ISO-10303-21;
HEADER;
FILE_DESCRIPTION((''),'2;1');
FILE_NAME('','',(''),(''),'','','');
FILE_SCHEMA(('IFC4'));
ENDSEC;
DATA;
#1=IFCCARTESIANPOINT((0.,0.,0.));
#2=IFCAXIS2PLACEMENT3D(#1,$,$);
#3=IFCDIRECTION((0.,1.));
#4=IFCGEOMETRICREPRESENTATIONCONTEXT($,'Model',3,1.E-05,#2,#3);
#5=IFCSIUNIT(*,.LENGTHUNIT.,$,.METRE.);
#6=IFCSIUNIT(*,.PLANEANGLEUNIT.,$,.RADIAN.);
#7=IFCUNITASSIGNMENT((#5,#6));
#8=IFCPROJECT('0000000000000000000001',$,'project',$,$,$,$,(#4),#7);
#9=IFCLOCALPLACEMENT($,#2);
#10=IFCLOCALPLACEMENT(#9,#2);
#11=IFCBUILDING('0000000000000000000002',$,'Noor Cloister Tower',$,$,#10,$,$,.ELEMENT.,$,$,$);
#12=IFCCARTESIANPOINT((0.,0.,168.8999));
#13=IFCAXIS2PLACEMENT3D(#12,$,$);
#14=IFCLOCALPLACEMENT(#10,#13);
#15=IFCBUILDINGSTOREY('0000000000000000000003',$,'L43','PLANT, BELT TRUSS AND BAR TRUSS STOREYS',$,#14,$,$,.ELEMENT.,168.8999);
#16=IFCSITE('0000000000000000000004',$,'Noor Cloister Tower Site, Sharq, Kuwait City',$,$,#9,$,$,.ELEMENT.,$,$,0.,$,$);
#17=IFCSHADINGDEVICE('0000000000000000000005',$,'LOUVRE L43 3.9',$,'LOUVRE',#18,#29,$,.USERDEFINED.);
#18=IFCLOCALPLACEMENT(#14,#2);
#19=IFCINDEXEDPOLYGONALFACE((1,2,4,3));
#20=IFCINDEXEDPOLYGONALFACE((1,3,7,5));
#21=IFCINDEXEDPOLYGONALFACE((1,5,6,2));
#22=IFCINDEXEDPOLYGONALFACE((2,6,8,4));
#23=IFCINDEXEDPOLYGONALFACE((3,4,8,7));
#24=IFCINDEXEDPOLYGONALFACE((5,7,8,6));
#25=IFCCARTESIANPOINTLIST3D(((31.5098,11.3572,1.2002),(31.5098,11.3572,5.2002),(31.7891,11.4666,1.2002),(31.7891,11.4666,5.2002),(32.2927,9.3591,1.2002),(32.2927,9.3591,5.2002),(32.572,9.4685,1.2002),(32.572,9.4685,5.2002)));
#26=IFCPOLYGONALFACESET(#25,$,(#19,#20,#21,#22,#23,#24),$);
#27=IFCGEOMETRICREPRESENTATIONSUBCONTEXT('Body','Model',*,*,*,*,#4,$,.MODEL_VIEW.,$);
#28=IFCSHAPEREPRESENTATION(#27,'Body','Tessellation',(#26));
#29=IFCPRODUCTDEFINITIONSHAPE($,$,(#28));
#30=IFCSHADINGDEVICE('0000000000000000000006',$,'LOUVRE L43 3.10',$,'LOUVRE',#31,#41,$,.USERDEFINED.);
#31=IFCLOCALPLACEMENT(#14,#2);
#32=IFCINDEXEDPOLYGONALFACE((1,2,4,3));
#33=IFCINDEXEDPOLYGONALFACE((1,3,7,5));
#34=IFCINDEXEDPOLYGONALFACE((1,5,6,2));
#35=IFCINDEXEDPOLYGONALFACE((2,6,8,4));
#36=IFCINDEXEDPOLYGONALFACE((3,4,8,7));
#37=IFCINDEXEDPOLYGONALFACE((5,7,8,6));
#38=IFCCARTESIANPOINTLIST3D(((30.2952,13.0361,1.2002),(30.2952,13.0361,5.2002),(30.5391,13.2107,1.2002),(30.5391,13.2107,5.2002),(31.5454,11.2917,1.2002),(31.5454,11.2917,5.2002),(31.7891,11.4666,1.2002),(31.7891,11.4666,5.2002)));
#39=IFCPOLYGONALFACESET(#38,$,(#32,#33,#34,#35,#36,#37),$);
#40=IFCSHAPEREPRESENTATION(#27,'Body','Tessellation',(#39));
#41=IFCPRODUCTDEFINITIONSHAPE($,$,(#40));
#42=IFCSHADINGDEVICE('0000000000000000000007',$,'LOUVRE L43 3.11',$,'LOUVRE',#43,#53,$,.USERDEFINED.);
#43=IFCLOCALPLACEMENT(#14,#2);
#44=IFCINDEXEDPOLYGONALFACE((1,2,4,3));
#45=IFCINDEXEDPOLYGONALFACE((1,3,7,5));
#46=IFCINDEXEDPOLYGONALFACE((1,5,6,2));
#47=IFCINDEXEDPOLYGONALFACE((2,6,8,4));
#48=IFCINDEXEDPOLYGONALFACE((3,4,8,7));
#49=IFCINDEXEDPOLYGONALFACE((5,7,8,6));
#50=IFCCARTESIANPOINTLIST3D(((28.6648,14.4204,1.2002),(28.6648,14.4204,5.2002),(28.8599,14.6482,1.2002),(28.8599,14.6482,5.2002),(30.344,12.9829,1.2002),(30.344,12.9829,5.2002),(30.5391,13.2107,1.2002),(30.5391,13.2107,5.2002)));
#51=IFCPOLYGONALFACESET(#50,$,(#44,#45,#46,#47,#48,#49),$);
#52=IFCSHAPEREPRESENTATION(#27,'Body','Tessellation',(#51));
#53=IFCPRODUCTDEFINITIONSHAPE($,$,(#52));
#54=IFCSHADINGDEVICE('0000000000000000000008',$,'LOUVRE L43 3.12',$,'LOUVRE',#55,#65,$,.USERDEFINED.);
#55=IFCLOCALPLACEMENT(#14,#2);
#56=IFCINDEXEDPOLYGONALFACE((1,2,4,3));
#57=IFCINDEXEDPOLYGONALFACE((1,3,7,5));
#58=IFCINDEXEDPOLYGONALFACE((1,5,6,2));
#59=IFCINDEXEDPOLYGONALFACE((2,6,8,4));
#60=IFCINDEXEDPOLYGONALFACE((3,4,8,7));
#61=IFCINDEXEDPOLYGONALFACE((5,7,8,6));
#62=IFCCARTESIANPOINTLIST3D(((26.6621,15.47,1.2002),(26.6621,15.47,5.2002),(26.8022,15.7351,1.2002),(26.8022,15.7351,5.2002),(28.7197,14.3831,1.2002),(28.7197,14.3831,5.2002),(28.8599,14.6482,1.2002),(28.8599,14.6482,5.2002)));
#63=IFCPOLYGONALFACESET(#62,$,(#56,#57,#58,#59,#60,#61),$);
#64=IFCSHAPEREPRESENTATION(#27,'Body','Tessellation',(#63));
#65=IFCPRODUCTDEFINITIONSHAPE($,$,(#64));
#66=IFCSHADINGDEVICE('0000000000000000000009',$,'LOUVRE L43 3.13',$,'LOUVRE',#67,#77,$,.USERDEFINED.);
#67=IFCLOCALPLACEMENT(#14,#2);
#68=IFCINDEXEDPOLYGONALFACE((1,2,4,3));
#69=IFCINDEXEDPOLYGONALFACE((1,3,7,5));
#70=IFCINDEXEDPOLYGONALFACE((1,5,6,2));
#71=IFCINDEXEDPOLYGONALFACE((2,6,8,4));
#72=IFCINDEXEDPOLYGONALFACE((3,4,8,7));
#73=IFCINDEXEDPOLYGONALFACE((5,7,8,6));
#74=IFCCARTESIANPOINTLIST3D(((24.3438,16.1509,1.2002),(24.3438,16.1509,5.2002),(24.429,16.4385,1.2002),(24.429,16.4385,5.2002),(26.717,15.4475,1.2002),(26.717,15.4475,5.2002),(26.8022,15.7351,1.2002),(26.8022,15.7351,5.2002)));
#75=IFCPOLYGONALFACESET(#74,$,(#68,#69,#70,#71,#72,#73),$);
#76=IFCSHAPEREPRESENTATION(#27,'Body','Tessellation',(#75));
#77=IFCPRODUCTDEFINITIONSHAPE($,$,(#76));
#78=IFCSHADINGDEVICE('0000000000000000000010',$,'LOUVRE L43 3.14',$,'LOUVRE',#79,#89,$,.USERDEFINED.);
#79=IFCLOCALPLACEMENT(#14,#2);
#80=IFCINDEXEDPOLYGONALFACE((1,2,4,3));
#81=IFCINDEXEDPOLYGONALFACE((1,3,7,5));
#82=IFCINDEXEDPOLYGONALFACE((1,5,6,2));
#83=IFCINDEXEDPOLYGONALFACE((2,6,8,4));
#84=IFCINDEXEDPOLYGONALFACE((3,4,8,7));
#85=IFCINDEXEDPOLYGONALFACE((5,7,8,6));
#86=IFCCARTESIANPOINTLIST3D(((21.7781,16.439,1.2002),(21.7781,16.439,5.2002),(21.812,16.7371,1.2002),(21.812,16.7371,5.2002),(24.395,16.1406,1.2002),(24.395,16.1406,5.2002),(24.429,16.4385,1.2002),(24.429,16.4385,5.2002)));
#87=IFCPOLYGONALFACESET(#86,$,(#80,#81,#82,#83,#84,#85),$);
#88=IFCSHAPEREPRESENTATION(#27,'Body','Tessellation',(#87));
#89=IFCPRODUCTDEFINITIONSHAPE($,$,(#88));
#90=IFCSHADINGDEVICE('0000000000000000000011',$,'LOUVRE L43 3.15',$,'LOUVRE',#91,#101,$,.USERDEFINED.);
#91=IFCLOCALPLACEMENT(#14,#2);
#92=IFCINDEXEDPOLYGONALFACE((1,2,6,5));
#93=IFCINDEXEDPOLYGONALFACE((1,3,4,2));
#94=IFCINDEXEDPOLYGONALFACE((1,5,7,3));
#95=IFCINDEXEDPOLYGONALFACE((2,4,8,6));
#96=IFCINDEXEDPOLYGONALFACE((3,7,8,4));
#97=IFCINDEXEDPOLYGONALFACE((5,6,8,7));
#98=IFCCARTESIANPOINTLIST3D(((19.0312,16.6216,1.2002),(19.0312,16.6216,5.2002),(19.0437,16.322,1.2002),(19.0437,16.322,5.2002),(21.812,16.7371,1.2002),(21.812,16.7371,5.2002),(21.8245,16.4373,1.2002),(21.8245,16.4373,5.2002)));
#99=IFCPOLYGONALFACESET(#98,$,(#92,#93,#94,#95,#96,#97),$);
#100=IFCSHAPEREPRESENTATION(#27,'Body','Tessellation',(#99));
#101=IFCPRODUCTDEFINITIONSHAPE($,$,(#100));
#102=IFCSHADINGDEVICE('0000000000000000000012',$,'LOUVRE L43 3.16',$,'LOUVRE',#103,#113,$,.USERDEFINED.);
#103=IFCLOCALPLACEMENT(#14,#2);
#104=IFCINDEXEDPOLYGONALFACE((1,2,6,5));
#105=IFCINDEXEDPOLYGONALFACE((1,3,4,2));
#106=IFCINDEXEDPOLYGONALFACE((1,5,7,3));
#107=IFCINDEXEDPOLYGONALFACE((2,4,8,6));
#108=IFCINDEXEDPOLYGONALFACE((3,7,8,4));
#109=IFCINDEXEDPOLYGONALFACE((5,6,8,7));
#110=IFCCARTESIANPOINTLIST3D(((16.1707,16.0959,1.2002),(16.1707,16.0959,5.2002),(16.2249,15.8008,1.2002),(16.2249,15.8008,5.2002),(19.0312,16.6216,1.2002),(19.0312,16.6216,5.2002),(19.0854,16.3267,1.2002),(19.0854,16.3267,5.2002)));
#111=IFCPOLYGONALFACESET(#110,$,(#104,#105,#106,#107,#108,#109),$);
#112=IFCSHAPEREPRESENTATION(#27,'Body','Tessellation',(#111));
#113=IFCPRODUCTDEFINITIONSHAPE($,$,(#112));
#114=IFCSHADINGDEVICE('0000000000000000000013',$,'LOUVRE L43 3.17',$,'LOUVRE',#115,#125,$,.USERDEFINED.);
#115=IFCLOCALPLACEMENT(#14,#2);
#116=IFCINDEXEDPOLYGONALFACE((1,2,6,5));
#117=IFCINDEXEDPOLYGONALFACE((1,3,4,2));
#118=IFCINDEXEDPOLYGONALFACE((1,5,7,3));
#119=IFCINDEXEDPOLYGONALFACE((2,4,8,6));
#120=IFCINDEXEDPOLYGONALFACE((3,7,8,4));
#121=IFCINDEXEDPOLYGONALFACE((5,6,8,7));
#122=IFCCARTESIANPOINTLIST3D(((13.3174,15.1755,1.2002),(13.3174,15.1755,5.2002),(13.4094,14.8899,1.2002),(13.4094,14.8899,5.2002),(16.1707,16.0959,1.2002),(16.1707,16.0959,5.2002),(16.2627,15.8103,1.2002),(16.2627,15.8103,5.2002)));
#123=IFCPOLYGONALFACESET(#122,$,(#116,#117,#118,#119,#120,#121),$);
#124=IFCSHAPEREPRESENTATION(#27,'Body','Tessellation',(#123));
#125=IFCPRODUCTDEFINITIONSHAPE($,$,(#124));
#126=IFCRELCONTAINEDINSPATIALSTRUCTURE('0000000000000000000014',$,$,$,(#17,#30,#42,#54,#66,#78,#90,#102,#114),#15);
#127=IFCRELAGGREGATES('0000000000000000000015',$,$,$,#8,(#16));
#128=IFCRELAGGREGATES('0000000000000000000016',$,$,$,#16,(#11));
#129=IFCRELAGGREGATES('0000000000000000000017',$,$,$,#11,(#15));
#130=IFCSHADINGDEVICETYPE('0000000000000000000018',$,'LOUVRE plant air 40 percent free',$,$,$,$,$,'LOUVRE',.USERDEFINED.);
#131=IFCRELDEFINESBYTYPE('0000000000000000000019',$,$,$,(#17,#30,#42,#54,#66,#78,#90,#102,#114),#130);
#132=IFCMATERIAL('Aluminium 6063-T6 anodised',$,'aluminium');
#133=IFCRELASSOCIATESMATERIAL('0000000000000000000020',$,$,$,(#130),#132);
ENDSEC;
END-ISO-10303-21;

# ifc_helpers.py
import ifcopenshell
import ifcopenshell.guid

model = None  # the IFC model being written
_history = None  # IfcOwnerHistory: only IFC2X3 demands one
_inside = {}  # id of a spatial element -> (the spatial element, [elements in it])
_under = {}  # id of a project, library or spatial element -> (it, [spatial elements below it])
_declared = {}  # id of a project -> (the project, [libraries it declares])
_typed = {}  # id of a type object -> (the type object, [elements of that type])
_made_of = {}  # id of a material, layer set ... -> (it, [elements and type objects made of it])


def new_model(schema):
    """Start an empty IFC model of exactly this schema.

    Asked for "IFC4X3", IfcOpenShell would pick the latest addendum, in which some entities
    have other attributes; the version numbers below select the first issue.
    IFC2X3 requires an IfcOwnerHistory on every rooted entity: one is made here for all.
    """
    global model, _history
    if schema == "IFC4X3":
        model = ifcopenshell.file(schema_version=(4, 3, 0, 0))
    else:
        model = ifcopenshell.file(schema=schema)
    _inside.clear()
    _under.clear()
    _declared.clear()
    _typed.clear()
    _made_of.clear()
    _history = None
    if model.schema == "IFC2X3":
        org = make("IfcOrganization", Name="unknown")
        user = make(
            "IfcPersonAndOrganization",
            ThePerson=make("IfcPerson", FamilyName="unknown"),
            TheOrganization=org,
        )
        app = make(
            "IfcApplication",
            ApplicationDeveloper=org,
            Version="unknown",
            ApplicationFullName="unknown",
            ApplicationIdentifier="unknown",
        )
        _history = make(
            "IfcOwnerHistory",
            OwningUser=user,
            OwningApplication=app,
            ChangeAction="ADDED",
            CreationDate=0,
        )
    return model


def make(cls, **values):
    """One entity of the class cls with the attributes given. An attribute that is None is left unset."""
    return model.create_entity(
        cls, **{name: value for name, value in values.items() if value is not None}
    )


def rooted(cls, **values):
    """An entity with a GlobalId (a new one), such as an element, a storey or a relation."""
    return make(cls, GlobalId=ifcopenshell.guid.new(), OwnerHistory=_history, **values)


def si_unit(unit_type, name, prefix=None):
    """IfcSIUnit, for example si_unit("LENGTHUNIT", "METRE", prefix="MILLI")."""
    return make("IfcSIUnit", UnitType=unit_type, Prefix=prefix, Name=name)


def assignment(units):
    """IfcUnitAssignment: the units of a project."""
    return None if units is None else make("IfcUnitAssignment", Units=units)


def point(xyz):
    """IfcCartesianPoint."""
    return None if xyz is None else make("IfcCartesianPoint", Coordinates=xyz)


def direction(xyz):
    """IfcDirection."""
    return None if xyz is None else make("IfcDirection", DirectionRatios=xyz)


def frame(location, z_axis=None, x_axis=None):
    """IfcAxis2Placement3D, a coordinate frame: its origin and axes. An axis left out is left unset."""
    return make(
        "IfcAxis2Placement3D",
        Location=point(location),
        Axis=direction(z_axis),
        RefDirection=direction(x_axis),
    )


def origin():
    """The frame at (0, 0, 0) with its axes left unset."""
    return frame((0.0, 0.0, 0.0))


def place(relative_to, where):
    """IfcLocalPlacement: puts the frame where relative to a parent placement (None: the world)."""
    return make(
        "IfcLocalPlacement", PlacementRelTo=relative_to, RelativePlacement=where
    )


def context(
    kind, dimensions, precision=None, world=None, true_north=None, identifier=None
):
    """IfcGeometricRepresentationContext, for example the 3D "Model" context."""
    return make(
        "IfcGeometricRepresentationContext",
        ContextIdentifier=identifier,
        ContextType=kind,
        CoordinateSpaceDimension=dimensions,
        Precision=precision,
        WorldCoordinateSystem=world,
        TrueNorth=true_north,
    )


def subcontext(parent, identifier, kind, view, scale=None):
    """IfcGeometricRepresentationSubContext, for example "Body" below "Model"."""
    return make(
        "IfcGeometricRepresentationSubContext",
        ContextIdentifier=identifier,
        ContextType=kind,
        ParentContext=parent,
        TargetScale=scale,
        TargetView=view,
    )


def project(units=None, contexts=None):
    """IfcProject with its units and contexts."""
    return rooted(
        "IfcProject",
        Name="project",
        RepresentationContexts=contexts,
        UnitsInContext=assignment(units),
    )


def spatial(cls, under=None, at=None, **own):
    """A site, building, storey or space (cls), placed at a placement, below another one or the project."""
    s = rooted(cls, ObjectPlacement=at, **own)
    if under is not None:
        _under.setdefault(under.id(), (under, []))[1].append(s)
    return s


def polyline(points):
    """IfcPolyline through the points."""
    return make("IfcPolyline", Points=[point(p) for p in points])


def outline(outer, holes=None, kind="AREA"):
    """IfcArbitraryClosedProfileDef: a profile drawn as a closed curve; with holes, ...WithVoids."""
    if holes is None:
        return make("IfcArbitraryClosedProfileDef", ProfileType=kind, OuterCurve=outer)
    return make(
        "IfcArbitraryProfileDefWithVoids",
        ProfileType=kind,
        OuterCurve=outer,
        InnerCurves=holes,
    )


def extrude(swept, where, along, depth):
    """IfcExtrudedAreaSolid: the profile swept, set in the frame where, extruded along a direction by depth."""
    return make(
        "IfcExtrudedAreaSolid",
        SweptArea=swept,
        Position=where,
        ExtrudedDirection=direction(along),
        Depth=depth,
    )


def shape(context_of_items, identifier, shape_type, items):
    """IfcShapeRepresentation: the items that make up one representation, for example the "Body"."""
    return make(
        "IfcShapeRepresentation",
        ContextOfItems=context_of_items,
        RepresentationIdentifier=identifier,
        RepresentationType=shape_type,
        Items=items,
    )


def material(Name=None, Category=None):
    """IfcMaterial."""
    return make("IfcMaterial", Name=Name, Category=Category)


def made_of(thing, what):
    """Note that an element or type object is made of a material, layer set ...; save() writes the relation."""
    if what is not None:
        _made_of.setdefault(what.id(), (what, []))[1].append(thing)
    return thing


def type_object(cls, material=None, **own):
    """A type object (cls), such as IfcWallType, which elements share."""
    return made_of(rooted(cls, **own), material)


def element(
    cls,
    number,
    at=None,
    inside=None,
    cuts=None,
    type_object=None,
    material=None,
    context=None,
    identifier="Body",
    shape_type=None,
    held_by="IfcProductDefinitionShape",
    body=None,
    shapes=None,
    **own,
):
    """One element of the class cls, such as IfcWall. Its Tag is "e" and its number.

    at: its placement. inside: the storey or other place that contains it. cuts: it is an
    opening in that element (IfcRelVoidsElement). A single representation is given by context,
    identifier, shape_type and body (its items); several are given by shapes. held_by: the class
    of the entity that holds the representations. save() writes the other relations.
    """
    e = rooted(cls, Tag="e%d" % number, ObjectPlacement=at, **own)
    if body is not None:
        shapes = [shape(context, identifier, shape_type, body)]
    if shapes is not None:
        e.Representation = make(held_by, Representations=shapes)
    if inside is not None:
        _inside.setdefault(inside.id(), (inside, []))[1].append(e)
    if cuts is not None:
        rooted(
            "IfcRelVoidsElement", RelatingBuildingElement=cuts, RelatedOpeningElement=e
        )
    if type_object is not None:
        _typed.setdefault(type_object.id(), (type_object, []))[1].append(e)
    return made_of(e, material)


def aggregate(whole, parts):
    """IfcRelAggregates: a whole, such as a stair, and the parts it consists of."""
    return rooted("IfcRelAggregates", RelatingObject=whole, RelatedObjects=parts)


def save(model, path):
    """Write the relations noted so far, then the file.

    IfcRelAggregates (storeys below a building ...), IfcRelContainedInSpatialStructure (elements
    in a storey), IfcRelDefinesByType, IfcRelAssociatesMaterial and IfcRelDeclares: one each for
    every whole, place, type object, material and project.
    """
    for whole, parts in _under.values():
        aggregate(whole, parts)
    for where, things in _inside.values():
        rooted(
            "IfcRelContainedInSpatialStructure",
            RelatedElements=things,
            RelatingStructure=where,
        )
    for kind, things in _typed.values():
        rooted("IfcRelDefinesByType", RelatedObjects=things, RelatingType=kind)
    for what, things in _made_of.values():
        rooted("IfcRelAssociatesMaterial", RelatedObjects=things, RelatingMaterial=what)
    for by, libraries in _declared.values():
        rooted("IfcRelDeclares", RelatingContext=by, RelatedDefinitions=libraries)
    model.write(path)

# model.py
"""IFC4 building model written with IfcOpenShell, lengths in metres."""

from ifc_helpers import new_model, si_unit, direction, frame, origin, place, context, subcontext, project, spatial, polyline, outline, extrude, material, type_object, element, save


model = new_model("IFC4")

# Units and contexts
model_context = context("Model", 3, precision=1e-05, world=origin(), true_north=direction((0.0, 1.0)))
body_context = subcontext(model_context, "Body", "Model", "MODEL_VIEW")
ifc_project = project(units=[si_unit("LENGTHUNIT", "METRE"), si_unit("PLANEANGLEUNIT", "RADIAN")], contexts=[model_context])

# Site, building, storey
site_placement = place(None, origin())
site = spatial("IfcSite", under=ifc_project, at=site_placement, Name="Noor Cloister Tower Site, Sharq, Kuwait City", CompositionType="ELEMENT", RefElevation=0.0)
building_placement = place(site_placement, origin())
building = spatial("IfcBuilding", under=site, at=building_placement, Name="Noor Cloister Tower", CompositionType="ELEMENT")
storey_placement = place(building_placement, frame((0.0, 0.0, 168.8999)))
storey = spatial("IfcBuildingStorey", under=building, at=storey_placement, Name="L43", Description="PLANT, BELT TRUSS AND BAR TRUSS STOREYS", CompositionType="ELEMENT", Elevation=168.8999)

# Shading devices
ifc_material_1 = material(Name="Aluminium 6063-T6 anodised", Category="aluminium")
shading_device_type = type_object("IfcShadingDeviceType", Name="LOUVRE plant air 40 percent free", ElementType="LOUVRE", PredefinedType="USERDEFINED", material=ifc_material_1)
shading_device_1_placement = place(storey_placement, frame((0.0, 0.0, 1.2002)))
element("IfcShadingDevice", 1, at=shading_device_1_placement, inside=storey, type_object=shading_device_type, Name="LOUVRE L43 3.9", ObjectType="LOUVRE", PredefinedType="USERDEFINED", context=body_context, shape_type="SweptSolid", body=[
    extrude(outline(polyline([(32.572, 9.4685), (31.7891, 11.4666), (31.5098, 11.3572), (32.2927, 9.3591), (32.572, 9.4685)])), origin(), (0.0, 0.0, 1.0), 4.0),
])
shading_device_2_placement = place(storey_placement, frame((0.0, 0.0, 1.2002)))
element("IfcShadingDevice", 2, at=shading_device_2_placement, inside=storey, type_object=shading_device_type, Name="LOUVRE L43 3.10", ObjectType="LOUVRE", PredefinedType="USERDEFINED", context=body_context, shape_type="SweptSolid", body=[
    extrude(outline(polyline([(31.7891, 11.4666), (30.5391, 13.2107), (30.2952, 13.0361), (31.5454, 11.2917), (31.7891, 11.4666)])), origin(), (0.0, 0.0, 1.0), 4.0),
])
shading_device_3_placement = place(storey_placement, frame((0.0, 0.0, 1.2002)))
element("IfcShadingDevice", 3, at=shading_device_3_placement, inside=storey, type_object=shading_device_type, Name="LOUVRE L43 3.11", ObjectType="LOUVRE", PredefinedType="USERDEFINED", context=body_context, shape_type="SweptSolid", body=[
    extrude(outline(polyline([(30.5391, 13.2107), (28.8599, 14.6482), (28.6648, 14.4204), (30.344, 12.9829), (30.5391, 13.2107)])), origin(), (0.0, 0.0, 1.0), 4.0),
])
shading_device_4_placement = place(storey_placement, frame((0.0, 0.0, 1.2002)))
element("IfcShadingDevice", 4, at=shading_device_4_placement, inside=storey, type_object=shading_device_type, Name="LOUVRE L43 3.12", ObjectType="LOUVRE", PredefinedType="USERDEFINED", context=body_context, shape_type="SweptSolid", body=[
    extrude(outline(polyline([(28.8599, 14.6482), (26.8022, 15.7351), (26.6621, 15.47), (28.7197, 14.3831), (28.8599, 14.6482)])), origin(), (0.0, 0.0, 1.0), 4.0),
])
shading_device_5_placement = place(storey_placement, frame((0.0, 0.0, 1.2002)))
element("IfcShadingDevice", 5, at=shading_device_5_placement, inside=storey, type_object=shading_device_type, Name="LOUVRE L43 3.13", ObjectType="LOUVRE", PredefinedType="USERDEFINED", context=body_context, shape_type="SweptSolid", body=[
    extrude(outline(polyline([(26.8022, 15.7351), (24.429, 16.4385), (24.3438, 16.1509), (26.717, 15.4475), (26.8022, 15.7351)])), origin(), (0.0, 0.0, 1.0), 4.0),
])
shading_device_6_placement = place(storey_placement, frame((0.0, 0.0, 1.2002)))
element("IfcShadingDevice", 6, at=shading_device_6_placement, inside=storey, type_object=shading_device_type, Name="LOUVRE L43 3.14", ObjectType="LOUVRE", PredefinedType="USERDEFINED", context=body_context, shape_type="SweptSolid", body=[
    extrude(outline(polyline([(24.429, 16.4385), (21.812, 16.7371), (21.7781, 16.439), (24.395, 16.1406), (24.429, 16.4385)])), origin(), (0.0, 0.0, 1.0), 4.0),
])
shading_device_7_placement = place(storey_placement, frame((0.0, 0.0, 1.2002)))
element("IfcShadingDevice", 7, at=shading_device_7_placement, inside=storey, type_object=shading_device_type, Name="LOUVRE L43 3.15", ObjectType="LOUVRE", PredefinedType="USERDEFINED", context=body_context, shape_type="SweptSolid", body=[
    extrude(outline(polyline([(21.812, 16.7371), (19.0312, 16.6216), (19.0437, 16.322), (21.8245, 16.4373), (21.812, 16.7371)])), origin(), (0.0, 0.0, 1.0), 4.0),
])
shading_device_8_placement = place(storey_placement, frame((0.0, 0.0, 1.2002)))
element("IfcShadingDevice", 8, at=shading_device_8_placement, inside=storey, type_object=shading_device_type, Name="LOUVRE L43 3.16", ObjectType="LOUVRE", PredefinedType="USERDEFINED", context=body_context, shape_type="SweptSolid", body=[
    extrude(outline(polyline([(19.0312, 16.6216), (16.1707, 16.0959), (16.2249, 15.8008), (19.0854, 16.3267), (19.0312, 16.6216)])), origin(), (0.0, 0.0, 1.0), 4.0),
])
shading_device_9_placement = place(storey_placement, frame((0.0, 0.0, 1.2002)))
element("IfcShadingDevice", 9, at=shading_device_9_placement, inside=storey, type_object=shading_device_type, Name="LOUVRE L43 3.17", ObjectType="LOUVRE", PredefinedType="USERDEFINED", context=body_context, shape_type="SweptSolid", body=[
    extrude(outline(polyline([(16.1707, 16.0959), (13.3174, 15.1755), (13.4094, 14.8899), (16.2627, 15.8103), (16.1707, 16.0959)])), origin(), (0.0, 0.0, 1.0), 4.0),
])

save(model, "model.ifc")
